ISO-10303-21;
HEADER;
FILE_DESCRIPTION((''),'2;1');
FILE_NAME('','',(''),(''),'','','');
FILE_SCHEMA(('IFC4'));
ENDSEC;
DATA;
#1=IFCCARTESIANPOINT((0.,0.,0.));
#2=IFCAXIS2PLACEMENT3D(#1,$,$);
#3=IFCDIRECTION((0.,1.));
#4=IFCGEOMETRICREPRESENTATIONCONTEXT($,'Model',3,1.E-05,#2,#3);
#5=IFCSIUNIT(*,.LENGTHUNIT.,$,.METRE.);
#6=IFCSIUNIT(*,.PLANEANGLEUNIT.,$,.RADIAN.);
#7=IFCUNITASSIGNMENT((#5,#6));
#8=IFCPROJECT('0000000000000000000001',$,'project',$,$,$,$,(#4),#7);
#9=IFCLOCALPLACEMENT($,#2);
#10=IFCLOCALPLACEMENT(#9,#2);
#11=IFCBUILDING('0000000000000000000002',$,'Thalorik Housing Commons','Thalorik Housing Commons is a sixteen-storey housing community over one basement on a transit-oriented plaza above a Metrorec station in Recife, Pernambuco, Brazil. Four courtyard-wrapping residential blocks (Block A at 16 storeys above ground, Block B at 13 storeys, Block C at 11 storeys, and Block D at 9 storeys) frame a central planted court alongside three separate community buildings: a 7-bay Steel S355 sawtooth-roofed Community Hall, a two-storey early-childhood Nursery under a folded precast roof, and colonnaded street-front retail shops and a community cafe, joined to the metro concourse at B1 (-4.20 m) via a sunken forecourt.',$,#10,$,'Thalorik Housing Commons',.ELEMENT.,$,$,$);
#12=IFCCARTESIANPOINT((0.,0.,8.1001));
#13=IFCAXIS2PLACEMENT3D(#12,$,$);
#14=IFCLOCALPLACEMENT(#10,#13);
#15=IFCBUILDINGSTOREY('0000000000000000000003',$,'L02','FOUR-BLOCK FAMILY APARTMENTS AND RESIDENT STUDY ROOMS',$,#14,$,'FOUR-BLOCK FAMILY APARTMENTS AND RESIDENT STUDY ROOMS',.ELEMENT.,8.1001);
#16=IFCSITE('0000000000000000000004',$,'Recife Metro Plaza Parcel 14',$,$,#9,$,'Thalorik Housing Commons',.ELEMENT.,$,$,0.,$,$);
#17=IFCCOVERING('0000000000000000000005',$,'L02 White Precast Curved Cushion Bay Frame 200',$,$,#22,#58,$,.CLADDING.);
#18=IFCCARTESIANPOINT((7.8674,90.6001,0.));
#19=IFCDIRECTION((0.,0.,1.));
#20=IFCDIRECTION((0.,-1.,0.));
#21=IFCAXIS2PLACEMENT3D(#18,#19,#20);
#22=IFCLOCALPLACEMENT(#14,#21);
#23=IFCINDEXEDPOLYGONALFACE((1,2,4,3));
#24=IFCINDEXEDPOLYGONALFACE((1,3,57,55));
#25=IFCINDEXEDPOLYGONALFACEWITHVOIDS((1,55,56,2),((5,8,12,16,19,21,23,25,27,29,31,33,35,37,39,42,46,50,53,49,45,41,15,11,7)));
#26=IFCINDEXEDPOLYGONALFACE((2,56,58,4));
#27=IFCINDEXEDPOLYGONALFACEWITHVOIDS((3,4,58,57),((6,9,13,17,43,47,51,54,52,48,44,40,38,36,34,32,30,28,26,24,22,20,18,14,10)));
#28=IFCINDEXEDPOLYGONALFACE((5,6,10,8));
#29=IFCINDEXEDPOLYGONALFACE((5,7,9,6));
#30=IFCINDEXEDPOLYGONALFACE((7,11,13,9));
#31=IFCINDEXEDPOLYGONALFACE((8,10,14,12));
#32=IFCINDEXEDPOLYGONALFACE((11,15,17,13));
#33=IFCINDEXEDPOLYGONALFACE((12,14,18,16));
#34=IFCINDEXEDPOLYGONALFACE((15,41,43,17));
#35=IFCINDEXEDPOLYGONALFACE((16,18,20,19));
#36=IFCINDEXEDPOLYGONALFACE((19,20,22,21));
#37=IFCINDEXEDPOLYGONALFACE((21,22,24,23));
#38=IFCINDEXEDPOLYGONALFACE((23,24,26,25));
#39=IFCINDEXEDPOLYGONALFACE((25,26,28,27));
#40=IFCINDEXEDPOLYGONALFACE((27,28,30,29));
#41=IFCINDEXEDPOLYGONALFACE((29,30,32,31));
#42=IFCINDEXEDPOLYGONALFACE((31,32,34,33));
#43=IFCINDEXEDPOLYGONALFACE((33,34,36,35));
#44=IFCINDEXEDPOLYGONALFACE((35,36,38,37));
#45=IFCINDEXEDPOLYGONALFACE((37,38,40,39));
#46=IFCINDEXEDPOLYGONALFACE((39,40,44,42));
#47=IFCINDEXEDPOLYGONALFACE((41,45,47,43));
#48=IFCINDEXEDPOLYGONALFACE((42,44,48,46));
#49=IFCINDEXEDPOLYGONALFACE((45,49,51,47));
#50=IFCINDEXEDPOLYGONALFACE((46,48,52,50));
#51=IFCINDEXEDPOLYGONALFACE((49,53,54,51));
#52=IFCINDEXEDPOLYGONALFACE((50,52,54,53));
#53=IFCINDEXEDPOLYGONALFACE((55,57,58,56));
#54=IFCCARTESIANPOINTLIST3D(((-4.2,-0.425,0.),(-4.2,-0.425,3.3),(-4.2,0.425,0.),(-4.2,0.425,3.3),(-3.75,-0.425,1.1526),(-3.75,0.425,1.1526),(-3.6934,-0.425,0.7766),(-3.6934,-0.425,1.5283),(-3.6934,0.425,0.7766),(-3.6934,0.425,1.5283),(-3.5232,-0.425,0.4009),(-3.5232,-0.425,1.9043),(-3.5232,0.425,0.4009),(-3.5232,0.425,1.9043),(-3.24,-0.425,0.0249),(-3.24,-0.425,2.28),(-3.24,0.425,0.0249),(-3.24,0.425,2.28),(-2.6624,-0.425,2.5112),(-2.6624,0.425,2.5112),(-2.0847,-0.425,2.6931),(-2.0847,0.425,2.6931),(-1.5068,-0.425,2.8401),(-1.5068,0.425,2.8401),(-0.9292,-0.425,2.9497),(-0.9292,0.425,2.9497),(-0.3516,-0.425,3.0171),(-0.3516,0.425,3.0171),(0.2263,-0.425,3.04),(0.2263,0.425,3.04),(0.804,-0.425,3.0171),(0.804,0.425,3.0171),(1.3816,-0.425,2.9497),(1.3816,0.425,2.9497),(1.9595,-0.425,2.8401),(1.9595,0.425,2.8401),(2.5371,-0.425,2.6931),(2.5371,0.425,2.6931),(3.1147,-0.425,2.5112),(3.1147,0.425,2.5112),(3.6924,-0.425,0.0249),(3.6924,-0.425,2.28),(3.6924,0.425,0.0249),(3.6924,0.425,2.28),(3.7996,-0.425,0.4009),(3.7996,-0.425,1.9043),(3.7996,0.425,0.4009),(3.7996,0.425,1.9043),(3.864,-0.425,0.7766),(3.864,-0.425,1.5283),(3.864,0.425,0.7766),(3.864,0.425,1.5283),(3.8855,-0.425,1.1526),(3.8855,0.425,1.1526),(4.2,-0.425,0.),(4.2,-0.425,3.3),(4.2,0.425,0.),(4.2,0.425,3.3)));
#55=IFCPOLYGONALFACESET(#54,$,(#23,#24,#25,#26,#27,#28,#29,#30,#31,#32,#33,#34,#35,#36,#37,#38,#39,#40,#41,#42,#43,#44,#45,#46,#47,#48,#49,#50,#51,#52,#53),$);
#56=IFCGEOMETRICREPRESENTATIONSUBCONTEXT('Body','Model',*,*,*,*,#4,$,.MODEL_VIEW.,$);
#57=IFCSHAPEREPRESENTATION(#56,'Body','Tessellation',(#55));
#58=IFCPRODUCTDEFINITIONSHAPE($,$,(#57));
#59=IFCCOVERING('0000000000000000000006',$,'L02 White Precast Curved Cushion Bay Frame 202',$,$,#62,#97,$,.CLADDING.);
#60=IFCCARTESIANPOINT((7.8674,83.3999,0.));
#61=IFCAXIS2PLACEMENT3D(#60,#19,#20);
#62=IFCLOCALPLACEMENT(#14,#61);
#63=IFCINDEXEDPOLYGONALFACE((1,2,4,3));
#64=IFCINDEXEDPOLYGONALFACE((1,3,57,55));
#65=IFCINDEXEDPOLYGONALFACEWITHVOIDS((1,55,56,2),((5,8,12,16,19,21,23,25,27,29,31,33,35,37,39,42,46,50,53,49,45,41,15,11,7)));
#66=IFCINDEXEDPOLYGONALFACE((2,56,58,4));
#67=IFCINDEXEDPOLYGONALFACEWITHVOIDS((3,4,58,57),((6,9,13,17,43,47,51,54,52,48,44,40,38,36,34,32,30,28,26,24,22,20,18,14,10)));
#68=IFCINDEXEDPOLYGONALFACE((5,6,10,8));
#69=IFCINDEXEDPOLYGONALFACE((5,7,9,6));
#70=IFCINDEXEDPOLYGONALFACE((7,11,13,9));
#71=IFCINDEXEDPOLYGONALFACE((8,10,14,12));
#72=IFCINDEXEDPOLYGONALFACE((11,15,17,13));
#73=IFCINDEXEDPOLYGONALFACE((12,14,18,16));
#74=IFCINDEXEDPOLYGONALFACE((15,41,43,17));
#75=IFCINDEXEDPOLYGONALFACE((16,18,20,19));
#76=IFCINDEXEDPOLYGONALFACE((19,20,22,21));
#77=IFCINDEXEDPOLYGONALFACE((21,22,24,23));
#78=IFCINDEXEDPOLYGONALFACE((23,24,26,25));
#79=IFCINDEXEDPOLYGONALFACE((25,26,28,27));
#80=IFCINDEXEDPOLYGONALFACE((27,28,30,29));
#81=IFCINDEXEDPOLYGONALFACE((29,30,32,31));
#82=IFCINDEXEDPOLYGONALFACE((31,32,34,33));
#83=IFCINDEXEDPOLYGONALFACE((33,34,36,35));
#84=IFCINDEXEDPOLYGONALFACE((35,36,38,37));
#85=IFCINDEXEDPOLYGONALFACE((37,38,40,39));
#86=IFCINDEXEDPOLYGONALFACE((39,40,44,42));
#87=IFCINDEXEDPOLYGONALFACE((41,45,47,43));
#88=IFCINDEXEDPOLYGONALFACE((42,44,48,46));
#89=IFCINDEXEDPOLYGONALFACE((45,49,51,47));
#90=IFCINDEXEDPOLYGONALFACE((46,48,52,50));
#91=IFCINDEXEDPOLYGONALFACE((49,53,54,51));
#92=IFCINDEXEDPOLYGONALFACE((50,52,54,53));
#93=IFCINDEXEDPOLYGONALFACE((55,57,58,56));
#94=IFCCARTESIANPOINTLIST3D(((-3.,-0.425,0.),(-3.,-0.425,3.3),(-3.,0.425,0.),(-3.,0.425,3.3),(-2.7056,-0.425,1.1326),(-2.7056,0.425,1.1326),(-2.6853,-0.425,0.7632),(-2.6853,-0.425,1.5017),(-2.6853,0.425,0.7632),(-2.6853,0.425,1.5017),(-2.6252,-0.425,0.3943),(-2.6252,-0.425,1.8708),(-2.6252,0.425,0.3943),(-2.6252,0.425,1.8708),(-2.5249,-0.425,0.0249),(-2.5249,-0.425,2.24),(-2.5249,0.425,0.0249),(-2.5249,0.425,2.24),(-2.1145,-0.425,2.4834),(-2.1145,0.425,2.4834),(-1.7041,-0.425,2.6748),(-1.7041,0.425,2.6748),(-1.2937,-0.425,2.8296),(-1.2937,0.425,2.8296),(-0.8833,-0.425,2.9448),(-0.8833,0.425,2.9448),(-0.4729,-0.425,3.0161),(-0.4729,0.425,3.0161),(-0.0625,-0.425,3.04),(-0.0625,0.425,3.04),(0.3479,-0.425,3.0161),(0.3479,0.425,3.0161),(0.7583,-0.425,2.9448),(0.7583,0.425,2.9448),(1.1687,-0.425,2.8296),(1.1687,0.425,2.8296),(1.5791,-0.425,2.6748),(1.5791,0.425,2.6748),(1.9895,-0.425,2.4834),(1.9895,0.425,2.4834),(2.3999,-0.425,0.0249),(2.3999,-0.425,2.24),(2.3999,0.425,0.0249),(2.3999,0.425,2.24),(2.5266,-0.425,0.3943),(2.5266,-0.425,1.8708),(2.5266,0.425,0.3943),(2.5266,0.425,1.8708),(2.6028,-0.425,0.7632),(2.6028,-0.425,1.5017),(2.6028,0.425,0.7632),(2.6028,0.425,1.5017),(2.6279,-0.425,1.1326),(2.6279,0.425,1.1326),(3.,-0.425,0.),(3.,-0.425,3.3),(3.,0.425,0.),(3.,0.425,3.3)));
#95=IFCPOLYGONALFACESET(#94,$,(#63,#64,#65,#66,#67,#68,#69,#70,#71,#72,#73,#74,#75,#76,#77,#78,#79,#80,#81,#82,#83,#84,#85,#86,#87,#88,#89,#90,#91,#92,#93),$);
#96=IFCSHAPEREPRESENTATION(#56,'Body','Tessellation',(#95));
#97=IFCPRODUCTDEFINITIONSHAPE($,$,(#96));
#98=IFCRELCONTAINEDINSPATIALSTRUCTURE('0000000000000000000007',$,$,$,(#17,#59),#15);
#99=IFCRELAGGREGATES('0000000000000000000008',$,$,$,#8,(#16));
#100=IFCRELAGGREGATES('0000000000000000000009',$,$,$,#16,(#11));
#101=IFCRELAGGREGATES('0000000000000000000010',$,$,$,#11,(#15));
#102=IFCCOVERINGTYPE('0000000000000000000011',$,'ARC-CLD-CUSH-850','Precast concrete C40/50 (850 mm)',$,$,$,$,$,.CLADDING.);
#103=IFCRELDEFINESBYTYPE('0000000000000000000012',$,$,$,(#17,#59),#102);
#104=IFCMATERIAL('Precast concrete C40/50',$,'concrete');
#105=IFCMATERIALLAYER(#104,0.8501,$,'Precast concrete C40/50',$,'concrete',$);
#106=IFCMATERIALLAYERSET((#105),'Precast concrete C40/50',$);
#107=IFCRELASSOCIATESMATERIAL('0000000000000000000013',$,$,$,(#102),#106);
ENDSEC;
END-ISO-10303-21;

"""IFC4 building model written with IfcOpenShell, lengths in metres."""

from ifc_helpers import new_model, si_unit, direction, frame, origin, place, context, subcontext, project, spatial, polyline, outline, extrude, material, layer, layer_set, type_object, element, save


model = new_model("IFC4")

# Units and contexts
model_context = context("Model", 3, precision=1e-05, world=origin(), true_north=direction((0.0, 1.0)))
body_context = subcontext(model_context, "Body", "Model", "MODEL_VIEW")
ifc_project = project(units=[si_unit("LENGTHUNIT", "METRE"), si_unit("PLANEANGLEUNIT", "RADIAN")], contexts=[model_context])

# Site, building, storey
site_placement = place(None, origin())
site = spatial("IfcSite", under=ifc_project, at=site_placement, Name="Recife Metro Plaza Parcel 14", LongName="Thalorik Housing Commons", CompositionType="ELEMENT", RefElevation=0.0)
building_placement = place(site_placement, origin())
building = spatial("IfcBuilding", under=site, at=building_placement, Name="Thalorik Housing Commons", Description="Thalorik Housing Commons is a sixteen-storey housing community over one basement on a transit-oriented plaza above a Metrorec station in Recife, Pernambuco, Brazil. Four courtyard-wrapping residential blocks (Block A at 16 storeys above ground, Block B at 13 storeys, Block C at 11 storeys, and Block D at 9 storeys) frame a central planted court alongside three separate community buildings: a 7-bay Steel S355 sawtooth-roofed Community Hall, a two-storey early-childhood Nursery under a folded precast roof, and colonnaded street-front retail shops and a community cafe, joined to the metro concourse at B1 (-4.20 m) via a sunken forecourt.", LongName="Thalorik Housing Commons", CompositionType="ELEMENT")
storey_placement = place(building_placement, frame((0.0, 0.0, 8.1001)))
storey = spatial("IfcBuildingStorey", under=building, at=storey_placement, Name="L02", Description="FOUR-BLOCK FAMILY APARTMENTS AND RESIDENT STUDY ROOMS", LongName="FOUR-BLOCK FAMILY APARTMENTS AND RESIDENT STUDY ROOMS", CompositionType="ELEMENT", Elevation=8.1001)

# Shared definitions
ifc_material_1 = material(Name="Precast concrete C40/50", Category="concrete")

# Coverings
ifc_layer_1 = layer(ifc_material_1, 0.8501, Name="Precast concrete C40/50", Category="concrete")
ifc_layer_set_1 = layer_set([ifc_layer_1], Name="Precast concrete C40/50")
covering_type_1 = type_object("IfcCoveringType", Name="ARC-CLD-CUSH-850", Description="Precast concrete C40/50 (850 mm)", PredefinedType="CLADDING", material=ifc_layer_set_1)
covering_1_placement = place(storey_placement, frame((7.8674, 90.6001, 0.0), z_axis=(0.0, 0.0, 1.0), x_axis=(0.0, -1.0, 0.0)))
element("IfcCovering", 1, at=covering_1_placement, inside=storey, type_object=covering_type_1, Name="L02 White Precast Curved Cushion Bay Frame 200", PredefinedType="CLADDING", context=body_context, shape_type="SweptSolid", body=[
    extrude(outline(polyline([(-4.2, 0.0), (4.2, 0.0), (4.2, 3.3), (-4.2, 3.3), (-4.2, 0.0)]), holes=[polyline([(3.6924, 0.0249), (3.7996, 0.4009), (3.864, 0.7766), (3.8855, 1.1526), (3.864, 1.5283), (3.7996, 1.9043), (3.6924, 2.28), (3.1147, 2.5112), (2.5371, 2.6931), (1.9595, 2.8401), (1.3816, 2.9497), (0.804, 3.0171), (0.2263, 3.04), (-0.3516, 3.0171), (-0.9292, 2.9497), (-1.5068, 2.8401), (-2.0847, 2.6931), (-2.6624, 2.5112), (-3.24, 2.28), (-3.5232, 1.9043), (-3.6934, 1.5283), (-3.75, 1.1526), (-3.6934, 0.7766), (-3.5232, 0.4009), (-3.24, 0.0249), (3.6924, 0.0249)])]), frame((0.0, 0.425, 0.0), z_axis=(0.0, -1.0, 0.0), x_axis=(1.0, 0.0, 0.0)), (0.0, 0.0, 1.0), 0.8501),
])
covering_2_placement = place(storey_placement, frame((7.8674, 83.3999, 0.0), z_axis=(0.0, 0.0, 1.0), x_axis=(0.0, -1.0, 0.0)))
element("IfcCovering", 2, at=covering_2_placement, inside=storey, type_object=covering_type_1, Name="L02 White Precast Curved Cushion Bay Frame 202", PredefinedType="CLADDING", context=body_context, shape_type="SweptSolid", body=[
    extrude(outline(polyline([(-3.0, 0.0), (3.0, 0.0), (3.0, 3.3), (-3.0, 3.3), (-3.0, 0.0)]), holes=[polyline([(2.3999, 0.0249), (2.5266, 0.3943), (2.6028, 0.7632), (2.6279, 1.1326), (2.6028, 1.5017), (2.5266, 1.8708), (2.3999, 2.24), (1.9895, 2.4834), (1.5791, 2.6748), (1.1687, 2.8296), (0.7583, 2.9448), (0.3479, 3.0161), (-0.0625, 3.04), (-0.4729, 3.0161), (-0.8833, 2.9448), (-1.2937, 2.8296), (-1.7041, 2.6748), (-2.1145, 2.4834), (-2.5249, 2.24), (-2.6252, 1.8708), (-2.6853, 1.5017), (-2.7056, 1.1326), (-2.6853, 0.7632), (-2.6252, 0.3943), (-2.5249, 0.0249), (2.3999, 0.0249)])]), frame((0.0, 0.425, 0.0), z_axis=(0.0, -1.0, 0.0), x_axis=(1.0, 0.0, 0.0)), (0.0, 0.0, 1.0), 0.8501),
])

save(model, "model.ifc")
